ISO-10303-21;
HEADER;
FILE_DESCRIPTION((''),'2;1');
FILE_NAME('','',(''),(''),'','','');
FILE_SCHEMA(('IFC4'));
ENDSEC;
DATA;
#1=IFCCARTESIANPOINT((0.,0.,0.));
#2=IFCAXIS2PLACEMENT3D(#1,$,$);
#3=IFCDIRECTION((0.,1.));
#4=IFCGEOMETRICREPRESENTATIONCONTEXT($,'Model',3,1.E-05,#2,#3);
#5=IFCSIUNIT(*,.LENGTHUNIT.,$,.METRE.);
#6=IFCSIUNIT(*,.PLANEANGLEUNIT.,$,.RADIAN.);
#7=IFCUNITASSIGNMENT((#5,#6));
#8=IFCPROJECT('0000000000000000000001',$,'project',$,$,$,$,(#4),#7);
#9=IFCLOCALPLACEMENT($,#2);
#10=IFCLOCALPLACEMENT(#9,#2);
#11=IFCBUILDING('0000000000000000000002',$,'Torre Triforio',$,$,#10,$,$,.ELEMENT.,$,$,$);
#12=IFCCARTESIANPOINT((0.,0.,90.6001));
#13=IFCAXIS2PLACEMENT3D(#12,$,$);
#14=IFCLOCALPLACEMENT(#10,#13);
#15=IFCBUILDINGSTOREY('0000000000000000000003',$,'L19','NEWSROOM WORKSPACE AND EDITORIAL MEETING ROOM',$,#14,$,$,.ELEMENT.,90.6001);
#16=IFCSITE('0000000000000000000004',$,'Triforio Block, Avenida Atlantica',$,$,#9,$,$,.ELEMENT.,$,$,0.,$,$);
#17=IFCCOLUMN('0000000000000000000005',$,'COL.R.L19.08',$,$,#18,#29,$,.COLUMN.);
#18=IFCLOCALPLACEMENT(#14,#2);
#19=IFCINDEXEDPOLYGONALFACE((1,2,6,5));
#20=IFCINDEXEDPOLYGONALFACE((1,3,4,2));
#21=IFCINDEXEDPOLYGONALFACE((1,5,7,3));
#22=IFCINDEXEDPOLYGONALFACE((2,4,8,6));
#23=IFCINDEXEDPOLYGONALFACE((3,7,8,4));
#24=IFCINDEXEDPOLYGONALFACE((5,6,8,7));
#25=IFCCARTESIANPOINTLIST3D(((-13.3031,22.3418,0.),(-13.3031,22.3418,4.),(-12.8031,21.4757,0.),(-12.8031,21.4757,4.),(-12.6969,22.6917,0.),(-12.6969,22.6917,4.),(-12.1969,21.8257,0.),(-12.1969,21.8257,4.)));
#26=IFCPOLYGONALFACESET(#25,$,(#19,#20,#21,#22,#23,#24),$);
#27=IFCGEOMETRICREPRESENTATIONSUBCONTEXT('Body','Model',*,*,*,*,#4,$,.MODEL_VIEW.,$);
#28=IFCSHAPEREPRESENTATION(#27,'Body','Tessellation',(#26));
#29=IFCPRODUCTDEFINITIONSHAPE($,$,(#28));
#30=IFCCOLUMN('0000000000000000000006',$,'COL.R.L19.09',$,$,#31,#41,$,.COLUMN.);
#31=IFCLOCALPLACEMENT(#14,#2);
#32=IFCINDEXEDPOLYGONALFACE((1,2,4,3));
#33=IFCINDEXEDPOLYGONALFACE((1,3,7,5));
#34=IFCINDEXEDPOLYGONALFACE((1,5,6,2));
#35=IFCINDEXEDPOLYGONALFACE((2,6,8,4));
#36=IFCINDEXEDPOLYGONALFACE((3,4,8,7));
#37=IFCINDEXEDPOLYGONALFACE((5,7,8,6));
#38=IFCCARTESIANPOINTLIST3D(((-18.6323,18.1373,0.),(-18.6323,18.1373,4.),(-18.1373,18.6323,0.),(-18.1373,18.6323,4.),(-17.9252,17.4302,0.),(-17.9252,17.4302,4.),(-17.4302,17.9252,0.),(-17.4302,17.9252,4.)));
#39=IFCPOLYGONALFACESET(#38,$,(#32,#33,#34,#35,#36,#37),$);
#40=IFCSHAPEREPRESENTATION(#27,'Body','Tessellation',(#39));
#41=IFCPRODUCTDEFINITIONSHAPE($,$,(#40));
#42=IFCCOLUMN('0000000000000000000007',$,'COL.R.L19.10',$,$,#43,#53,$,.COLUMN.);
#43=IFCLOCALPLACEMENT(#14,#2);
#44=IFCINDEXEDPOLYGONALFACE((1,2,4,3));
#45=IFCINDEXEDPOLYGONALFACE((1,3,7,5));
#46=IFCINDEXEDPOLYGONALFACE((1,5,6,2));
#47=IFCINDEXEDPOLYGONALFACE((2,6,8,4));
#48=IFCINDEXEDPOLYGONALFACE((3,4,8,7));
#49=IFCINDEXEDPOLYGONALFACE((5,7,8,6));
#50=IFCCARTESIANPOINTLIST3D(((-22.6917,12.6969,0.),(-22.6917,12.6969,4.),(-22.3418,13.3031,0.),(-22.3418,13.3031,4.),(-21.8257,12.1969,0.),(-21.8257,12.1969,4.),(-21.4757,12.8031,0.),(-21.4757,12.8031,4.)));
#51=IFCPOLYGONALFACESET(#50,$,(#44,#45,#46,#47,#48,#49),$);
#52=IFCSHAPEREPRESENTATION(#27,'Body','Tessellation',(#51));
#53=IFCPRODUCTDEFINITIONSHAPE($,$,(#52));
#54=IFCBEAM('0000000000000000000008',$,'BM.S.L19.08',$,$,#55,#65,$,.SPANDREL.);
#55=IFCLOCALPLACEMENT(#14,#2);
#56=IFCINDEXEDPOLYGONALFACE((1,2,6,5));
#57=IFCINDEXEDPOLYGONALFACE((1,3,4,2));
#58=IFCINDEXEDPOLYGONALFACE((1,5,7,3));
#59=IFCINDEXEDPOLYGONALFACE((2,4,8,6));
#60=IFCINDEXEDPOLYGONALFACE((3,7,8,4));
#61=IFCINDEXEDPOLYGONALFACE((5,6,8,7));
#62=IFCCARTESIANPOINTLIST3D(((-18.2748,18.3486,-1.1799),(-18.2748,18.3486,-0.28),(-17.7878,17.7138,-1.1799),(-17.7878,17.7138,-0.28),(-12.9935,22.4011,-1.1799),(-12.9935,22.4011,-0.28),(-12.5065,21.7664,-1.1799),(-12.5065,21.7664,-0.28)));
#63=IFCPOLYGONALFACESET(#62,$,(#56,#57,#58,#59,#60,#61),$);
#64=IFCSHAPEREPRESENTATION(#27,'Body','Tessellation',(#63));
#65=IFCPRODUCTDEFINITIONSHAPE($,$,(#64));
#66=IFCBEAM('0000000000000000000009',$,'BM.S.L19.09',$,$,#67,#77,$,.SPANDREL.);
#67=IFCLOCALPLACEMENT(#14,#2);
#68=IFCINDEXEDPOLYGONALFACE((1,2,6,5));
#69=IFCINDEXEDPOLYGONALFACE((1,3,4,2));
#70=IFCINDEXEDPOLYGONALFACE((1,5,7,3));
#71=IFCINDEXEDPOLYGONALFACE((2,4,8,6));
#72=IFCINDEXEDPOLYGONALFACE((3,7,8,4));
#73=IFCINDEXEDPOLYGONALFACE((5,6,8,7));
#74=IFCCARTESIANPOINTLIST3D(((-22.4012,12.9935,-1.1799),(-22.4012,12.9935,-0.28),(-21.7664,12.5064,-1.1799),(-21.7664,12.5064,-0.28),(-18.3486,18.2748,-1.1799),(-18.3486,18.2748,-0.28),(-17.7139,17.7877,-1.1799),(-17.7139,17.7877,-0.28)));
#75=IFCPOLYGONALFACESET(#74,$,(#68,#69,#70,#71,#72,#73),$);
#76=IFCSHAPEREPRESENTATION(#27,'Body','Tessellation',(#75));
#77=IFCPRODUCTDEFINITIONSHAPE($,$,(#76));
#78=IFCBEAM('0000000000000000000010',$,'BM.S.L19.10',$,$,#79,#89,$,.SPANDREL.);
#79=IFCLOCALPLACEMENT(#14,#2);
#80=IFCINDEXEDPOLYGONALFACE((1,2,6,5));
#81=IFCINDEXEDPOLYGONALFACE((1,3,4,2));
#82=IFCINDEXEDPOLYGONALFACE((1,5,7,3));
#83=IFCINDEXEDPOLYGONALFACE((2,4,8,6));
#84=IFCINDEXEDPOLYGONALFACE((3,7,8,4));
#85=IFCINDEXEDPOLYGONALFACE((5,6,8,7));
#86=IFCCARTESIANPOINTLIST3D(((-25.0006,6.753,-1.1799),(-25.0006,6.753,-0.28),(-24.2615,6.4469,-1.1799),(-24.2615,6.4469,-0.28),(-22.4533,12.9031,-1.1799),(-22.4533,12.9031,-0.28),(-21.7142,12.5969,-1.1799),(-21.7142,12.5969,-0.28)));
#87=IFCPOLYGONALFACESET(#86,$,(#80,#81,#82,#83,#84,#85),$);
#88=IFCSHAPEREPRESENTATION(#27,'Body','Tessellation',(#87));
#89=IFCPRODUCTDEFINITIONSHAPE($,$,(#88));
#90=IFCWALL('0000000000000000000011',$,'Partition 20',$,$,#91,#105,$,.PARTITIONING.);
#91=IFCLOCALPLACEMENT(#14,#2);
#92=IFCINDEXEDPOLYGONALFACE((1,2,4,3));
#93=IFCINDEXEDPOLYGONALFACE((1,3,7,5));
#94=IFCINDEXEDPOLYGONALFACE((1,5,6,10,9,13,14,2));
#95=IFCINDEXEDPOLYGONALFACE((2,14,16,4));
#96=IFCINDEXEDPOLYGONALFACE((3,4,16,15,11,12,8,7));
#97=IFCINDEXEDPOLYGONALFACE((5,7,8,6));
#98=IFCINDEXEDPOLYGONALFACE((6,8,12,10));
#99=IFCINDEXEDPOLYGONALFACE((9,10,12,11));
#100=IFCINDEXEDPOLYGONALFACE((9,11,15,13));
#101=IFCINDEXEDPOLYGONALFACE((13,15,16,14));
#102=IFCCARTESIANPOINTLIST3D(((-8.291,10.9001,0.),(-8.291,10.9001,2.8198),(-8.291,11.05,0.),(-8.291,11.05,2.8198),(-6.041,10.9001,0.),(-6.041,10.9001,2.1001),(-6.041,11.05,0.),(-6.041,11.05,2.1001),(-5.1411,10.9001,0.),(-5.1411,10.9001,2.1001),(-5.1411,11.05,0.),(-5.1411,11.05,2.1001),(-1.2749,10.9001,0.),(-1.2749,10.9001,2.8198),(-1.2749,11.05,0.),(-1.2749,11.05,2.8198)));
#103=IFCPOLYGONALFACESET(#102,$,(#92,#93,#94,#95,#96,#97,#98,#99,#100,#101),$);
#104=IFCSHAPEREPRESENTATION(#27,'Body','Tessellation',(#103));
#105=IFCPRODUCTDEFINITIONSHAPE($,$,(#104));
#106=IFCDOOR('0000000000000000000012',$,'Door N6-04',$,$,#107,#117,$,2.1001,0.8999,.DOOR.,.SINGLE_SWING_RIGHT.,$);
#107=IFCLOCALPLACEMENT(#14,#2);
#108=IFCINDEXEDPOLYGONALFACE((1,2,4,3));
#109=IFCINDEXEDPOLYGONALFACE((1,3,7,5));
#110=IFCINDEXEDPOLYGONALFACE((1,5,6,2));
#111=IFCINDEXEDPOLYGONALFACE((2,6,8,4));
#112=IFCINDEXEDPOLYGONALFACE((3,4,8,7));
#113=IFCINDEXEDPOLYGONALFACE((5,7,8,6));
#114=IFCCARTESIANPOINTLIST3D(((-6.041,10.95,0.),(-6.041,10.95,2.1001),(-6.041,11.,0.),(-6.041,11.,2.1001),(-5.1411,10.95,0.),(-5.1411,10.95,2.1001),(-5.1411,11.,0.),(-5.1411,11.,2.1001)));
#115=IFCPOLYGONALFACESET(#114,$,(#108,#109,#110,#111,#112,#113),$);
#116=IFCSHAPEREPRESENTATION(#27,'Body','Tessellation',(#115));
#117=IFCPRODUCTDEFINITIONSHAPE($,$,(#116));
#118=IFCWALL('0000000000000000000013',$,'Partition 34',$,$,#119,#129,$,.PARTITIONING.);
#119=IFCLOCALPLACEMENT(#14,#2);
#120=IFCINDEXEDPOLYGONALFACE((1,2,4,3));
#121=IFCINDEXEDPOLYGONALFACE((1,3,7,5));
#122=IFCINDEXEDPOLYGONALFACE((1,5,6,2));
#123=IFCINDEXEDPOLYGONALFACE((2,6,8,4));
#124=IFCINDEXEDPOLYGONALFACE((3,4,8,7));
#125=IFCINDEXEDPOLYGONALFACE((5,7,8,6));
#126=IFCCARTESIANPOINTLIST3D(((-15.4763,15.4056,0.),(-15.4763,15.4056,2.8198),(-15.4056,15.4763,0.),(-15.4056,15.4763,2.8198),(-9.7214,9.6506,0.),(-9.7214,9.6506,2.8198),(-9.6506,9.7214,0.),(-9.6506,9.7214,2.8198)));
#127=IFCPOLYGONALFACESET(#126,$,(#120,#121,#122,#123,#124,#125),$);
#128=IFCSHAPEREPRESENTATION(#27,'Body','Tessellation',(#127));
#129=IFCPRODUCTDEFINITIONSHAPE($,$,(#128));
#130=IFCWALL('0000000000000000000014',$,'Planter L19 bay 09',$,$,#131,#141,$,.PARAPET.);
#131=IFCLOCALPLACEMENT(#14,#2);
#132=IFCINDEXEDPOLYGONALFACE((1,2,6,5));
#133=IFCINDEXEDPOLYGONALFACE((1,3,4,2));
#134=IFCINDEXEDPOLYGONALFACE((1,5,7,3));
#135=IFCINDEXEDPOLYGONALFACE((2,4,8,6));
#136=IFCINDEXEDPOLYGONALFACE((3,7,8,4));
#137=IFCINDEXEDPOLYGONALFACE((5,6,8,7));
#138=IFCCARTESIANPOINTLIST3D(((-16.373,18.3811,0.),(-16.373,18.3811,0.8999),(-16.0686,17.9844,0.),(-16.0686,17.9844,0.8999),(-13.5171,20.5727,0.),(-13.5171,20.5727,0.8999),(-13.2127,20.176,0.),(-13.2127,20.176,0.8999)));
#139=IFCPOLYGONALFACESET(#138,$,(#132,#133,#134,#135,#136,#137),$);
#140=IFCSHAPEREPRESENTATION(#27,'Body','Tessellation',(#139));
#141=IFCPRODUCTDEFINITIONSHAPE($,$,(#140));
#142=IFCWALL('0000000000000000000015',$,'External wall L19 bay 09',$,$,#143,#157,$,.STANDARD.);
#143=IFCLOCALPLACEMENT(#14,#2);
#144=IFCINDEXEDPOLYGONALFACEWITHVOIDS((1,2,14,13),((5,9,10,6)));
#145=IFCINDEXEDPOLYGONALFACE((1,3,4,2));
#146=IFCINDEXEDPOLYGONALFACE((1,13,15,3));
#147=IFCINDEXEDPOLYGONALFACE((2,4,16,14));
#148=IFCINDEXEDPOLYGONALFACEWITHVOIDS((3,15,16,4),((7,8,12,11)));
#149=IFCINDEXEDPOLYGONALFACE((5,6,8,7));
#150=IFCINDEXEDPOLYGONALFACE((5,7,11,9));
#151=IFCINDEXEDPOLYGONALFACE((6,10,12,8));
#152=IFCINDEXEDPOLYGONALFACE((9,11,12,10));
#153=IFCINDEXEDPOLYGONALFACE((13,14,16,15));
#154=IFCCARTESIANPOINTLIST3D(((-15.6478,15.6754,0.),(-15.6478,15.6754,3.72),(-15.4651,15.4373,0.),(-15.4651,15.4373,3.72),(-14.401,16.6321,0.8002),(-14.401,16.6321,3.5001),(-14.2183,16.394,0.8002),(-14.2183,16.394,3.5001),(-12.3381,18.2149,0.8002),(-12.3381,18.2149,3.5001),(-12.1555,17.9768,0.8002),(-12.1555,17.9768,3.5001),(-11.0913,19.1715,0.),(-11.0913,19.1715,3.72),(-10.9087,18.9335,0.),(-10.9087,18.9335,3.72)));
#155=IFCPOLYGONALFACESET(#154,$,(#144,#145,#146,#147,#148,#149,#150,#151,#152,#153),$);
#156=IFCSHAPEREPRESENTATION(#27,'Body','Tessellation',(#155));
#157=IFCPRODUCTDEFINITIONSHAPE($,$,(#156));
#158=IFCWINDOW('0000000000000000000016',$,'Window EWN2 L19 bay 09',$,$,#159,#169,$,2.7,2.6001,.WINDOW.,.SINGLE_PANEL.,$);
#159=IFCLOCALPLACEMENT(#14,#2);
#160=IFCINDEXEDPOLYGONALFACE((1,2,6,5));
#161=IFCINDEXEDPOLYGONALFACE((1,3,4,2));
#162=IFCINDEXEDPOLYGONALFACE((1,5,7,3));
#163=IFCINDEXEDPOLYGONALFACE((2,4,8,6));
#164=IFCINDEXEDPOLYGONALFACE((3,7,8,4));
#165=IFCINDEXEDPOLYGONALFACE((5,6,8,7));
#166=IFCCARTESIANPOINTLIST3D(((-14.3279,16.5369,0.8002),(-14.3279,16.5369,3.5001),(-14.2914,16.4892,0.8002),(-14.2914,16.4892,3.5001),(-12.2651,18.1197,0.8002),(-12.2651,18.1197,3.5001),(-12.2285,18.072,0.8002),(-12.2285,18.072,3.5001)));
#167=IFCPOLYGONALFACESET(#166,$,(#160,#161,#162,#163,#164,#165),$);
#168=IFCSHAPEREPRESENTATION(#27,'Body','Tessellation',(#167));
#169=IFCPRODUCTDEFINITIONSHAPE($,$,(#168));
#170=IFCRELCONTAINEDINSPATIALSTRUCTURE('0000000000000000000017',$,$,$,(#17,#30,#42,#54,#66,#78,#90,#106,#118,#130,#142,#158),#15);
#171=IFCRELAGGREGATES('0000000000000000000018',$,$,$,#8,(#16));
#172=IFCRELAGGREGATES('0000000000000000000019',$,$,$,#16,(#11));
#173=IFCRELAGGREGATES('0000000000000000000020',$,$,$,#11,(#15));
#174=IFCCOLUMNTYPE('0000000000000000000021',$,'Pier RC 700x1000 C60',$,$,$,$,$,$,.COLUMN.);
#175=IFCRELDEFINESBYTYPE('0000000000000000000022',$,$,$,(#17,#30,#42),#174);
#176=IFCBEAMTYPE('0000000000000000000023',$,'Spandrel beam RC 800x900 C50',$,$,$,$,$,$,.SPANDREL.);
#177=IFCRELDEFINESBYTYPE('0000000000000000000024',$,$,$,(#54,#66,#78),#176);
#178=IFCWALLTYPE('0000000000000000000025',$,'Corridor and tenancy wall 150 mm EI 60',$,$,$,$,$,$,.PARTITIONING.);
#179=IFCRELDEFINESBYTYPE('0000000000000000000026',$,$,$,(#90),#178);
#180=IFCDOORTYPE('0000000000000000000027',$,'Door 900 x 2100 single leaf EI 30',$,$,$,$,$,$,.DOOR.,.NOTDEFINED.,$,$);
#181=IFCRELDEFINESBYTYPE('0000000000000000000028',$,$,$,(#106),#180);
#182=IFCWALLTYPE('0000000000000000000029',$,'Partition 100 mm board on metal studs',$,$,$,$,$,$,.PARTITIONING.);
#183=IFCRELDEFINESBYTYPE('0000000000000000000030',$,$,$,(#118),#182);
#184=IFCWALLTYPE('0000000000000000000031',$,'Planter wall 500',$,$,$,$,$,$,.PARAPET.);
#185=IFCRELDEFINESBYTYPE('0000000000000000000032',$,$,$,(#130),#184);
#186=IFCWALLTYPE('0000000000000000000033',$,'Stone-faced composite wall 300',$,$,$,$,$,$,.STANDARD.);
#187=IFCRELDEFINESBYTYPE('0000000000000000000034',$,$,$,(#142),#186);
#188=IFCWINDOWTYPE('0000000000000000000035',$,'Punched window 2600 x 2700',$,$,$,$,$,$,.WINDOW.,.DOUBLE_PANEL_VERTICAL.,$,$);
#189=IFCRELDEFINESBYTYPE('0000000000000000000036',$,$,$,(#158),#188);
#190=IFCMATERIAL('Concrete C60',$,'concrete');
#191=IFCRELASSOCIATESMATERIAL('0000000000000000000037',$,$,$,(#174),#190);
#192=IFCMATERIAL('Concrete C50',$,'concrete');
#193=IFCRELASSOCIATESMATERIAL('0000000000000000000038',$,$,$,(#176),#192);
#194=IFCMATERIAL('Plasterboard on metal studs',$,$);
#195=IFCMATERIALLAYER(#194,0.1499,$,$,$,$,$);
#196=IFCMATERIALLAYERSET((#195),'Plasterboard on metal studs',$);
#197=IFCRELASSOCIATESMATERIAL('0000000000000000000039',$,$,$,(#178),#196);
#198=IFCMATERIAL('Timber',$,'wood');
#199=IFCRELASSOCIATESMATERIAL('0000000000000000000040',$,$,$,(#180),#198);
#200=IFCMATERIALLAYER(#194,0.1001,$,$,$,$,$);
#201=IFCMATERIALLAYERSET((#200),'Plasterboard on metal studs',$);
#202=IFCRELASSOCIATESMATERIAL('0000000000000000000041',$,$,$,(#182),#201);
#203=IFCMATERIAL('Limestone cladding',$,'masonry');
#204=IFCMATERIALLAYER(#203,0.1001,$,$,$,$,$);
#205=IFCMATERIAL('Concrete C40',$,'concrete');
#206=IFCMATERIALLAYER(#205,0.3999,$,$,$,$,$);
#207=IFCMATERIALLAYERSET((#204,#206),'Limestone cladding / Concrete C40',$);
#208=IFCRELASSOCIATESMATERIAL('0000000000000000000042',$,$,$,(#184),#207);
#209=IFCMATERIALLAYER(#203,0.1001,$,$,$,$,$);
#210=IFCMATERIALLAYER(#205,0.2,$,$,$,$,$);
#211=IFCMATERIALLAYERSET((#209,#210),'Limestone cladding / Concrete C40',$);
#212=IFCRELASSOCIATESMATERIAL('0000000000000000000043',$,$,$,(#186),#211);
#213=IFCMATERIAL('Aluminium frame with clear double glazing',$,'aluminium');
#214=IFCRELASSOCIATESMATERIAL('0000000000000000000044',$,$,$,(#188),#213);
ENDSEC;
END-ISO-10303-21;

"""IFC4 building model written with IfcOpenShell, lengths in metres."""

from ifc_helpers import new_model, si_unit, direction, frame, frame_2d, origin, origin_2d, place, context, subcontext, project, spatial, rectangle, extrude, material, layer, layer_set, material_profile, profile_set, type_object, element, fill, save


model = new_model("IFC4")

# Units and contexts
model_context = context("Model", 3, precision=1e-05, world=origin(), true_north=direction((0.0, 1.0)))
body_context = subcontext(model_context, "Body", "Model", "MODEL_VIEW")
ifc_project = project(units=[si_unit("LENGTHUNIT", "METRE"), si_unit("PLANEANGLEUNIT", "RADIAN")], contexts=[model_context])

# Site, building, storey
site_placement = place(None, origin())
site = spatial("IfcSite", under=ifc_project, at=site_placement, Name="Triforio Block, Avenida Atlantica", CompositionType="ELEMENT", RefElevation=0.0)
building_placement = place(site_placement, origin())
building = spatial("IfcBuilding", under=site, at=building_placement, Name="Torre Triforio", CompositionType="ELEMENT")
storey_placement = place(building_placement, frame((0.0, 0.0, 90.6001)))
storey = spatial("IfcBuildingStorey", under=building, at=storey_placement, Name="L19", Description="NEWSROOM WORKSPACE AND EDITORIAL MEETING ROOM", CompositionType="ELEMENT", Elevation=90.6001)

# Columns
ifc_material_1 = material(Name="Concrete C60", Category="concrete")
ifc_material_profile_1 = material_profile(ifc_material_1, rectangle(XDim=0.7, YDim=1.0, at=origin_2d()), Name="RC 700x1000")
ifc_profile_set_1 = profile_set([ifc_material_profile_1], Name="Concrete C60")
column_type = type_object("IfcColumnType", Name="Pier RC 700x1000 C60", PredefinedType="COLUMN", material=ifc_profile_set_1)
for number, where, z_axis, x_axis, name in (
    (1, (-12.75, 22.0837, 0.0), (0.0, 0.0, 1.0), (-0.866025, -0.5, 0.0), "COL.R.L19.08"),
    (2, (-18.0312, 18.0312, 0.0), (0.0, 0.0, 1.0), (-0.707107, -0.707107, 0.0), "COL.R.L19.09"),
    (3, (-22.0837, 12.75, 0.0), (0.0, 0.0, 1.0), (-0.5, -0.866025, 0.0), "COL.R.L19.10"),
):
    element("IfcColumn", number, at=place(storey_placement, frame(where, z_axis=z_axis, x_axis=x_axis)), inside=storey, type_object=column_type, Name=name, PredefinedType="COLUMN", context=body_context, shape_type="SweptSolid", body=[
        extrude(rectangle(XDim=0.7, YDim=1.0, at=origin_2d()), origin(), (0.0, 0.0, 1.0), 4.0),
    ])

# Beams
ifc_material_2 = material(Name="Concrete C50", Category="concrete")
ifc_material_profile_2 = material_profile(ifc_material_2, rectangle(XDim=0.8, YDim=0.8999, at=origin_2d()), Name="RC 800x900")
ifc_profile_set_2 = profile_set([ifc_material_profile_2], Name="Concrete C50")
beam_type = type_object("IfcBeamType", Name="Spandrel beam RC 800x900 C50", PredefinedType="SPANDREL", material=ifc_profile_set_2)
for number, where, z_axis, x_axis, name in (
    (4, (-12.75, 22.0837, -0.73), (-0.79335, -0.608766, 0.0), (0.608766, -0.79335, 0.0), "BM.S.L19.08"),
    (5, (-18.0312, 18.0312, -0.73), (-0.608766, -0.79335, 0.0), (0.79335, -0.608766, 0.0), "BM.S.L19.09"),
):
    element("IfcBeam", number, at=place(storey_placement, frame(where, z_axis=z_axis, x_axis=x_axis)), inside=storey, type_object=beam_type, Name=name, PredefinedType="SPANDREL", context=body_context, shape_type="SweptSolid", body=[
        extrude(rectangle(XDim=0.8, YDim=0.8999, at=origin_2d()), origin(), (0.0, 0.0, 1.0), 6.657),
    ])
beam_placement = place(storey_placement, frame((-22.0837, 12.75, -0.73), z_axis=(-0.382669, -0.923885, 0.0), x_axis=(0.923885, -0.382669, 0.0)))
element("IfcBeam", 6, at=beam_placement, inside=storey, type_object=beam_type, Name="BM.S.L19.10", PredefinedType="SPANDREL", context=body_context, shape_type="SweptSolid", body=[
    extrude(rectangle(XDim=0.8, YDim=0.8999, at=origin_2d()), origin(), (0.0, 0.0, 1.0), 6.6567),
])

# Wall, opening, door
ifc_material_3 = material(Name="Plasterboard on metal studs")
ifc_layer_1 = layer(ifc_material_3, 0.1499)
ifc_layer_set_1 = layer_set([ifc_layer_1], Name="Plasterboard on metal studs")
wall_type_1 = type_object("IfcWallType", Name="Corridor and tenancy wall 150 mm EI 60", PredefinedType="PARTITIONING", material=ifc_layer_set_1)
wall_1_placement = place(storey_placement, frame((-8.291, 10.9751, 0.0), z_axis=(0.0, 0.0, 1.0), x_axis=(1.0, 0.0, 0.0)))
wall_1 = element("IfcWall", 7, at=wall_1_placement, inside=storey, type_object=wall_type_1, Name="Partition 20", PredefinedType="PARTITIONING", context=body_context, shape_type="SweptSolid", body=[
    extrude(rectangle(XDim=7.0161, YDim=0.1499, at=frame_2d((3.5081, 0.0))), origin(), (0.0, 0.0, 1.0), 2.8198),
])
opening_1_placement = place(wall_1_placement, frame((2.25, 0.0, 0.0)))
opening_1 = element("IfcOpeningElement", 8, at=opening_1_placement, cuts=wall_1, PredefinedType="OPENING", context=body_context, shape_type="SweptSolid", body=[
    extrude(rectangle(XDim=0.8999, YDim=2.1001, at=frame_2d((0.45, 1.05))), frame((0.0, 0.085, 0.0), z_axis=(0.0, -1.0, 0.0), x_axis=(1.0, 0.0, 0.0)), (0.0, 0.0, 1.0), 0.1699),
])
ifc_material_4 = material(Name="Timber", Category="wood")
door_type_1 = type_object("IfcDoorType", Name="Door 900 x 2100 single leaf EI 30", OperationType="NOTDEFINED", PredefinedType="DOOR", material=ifc_material_4)
door_1_placement = place(opening_1_placement, origin())
door_1 = element("IfcDoor", 9, at=door_1_placement, inside=storey, type_object=door_type_1, Name="Door N6-04", OperationType="SINGLE_SWING_RIGHT", OverallHeight=2.1001, OverallWidth=0.8999, PredefinedType="DOOR", context=body_context, shape_type="SweptSolid", body=[
    extrude(rectangle(XDim=0.8999, YDim=2.1001, at=frame_2d((0.45, 1.05))), frame((0.0, 0.0249, 0.0), z_axis=(0.0, -1.0, 0.0), x_axis=(1.0, 0.0, 0.0)), (0.0, 0.0, 1.0), 0.05),
])
fill(opening_1, door_1)

# Walls
ifc_layer_2 = layer(ifc_material_3, 0.1001)
ifc_layer_set_2 = layer_set([ifc_layer_2], Name="Plasterboard on metal studs")
wall_type_2 = type_object("IfcWallType", Name="Partition 100 mm board on metal studs", PredefinedType="PARTITIONING", material=ifc_layer_set_2)
wall_2_placement = place(storey_placement, frame((-9.686, 9.686, 0.0), z_axis=(0.0, 0.0, 1.0), x_axis=(-0.707107, 0.707107, 0.0)))
element("IfcWall", 10, at=wall_2_placement, inside=storey, type_object=wall_type_2, Name="Partition 34", PredefinedType="PARTITIONING", context=body_context, shape_type="SweptSolid", body=[
    extrude(rectangle(XDim=8.1387, YDim=0.1001, at=frame_2d((4.0693, 0.0))), origin(), (0.0, 0.0, 1.0), 2.8198),
])
ifc_material_5 = material(Name="Limestone cladding", Category="masonry")
ifc_layer_3 = layer(ifc_material_5, 0.1001)
ifc_material_6 = material(Name="Concrete C40", Category="concrete")
ifc_layer_4 = layer(ifc_material_6, 0.3999)
ifc_layer_set_3 = layer_set([ifc_layer_3, ifc_layer_4], Name="Limestone cladding / Concrete C40")
wall_type_3 = type_object("IfcWallType", Name="Planter wall 500", PredefinedType="PARAPET", material=ifc_layer_set_3)
wall_3_placement = place(storey_placement, frame((-13.365, 20.3743, 0.0), z_axis=(0.0, 0.0, 1.0), x_axis=(-0.793327, -0.608796, 0.0)))
element("IfcWall", 11, at=wall_3_placement, inside=storey, type_object=wall_type_3, Name="Planter L19 bay 09", PredefinedType="PARAPET", context=body_context, shape_type="SweptSolid", body=[
    extrude(rectangle(XDim=3.5999, YDim=0.5, at=frame_2d((1.7998, 0.0))), origin(), (0.0, 0.0, 1.0), 0.8999),
])

# Wall, opening, window
ifc_layer_5 = layer(ifc_material_5, 0.1001)
ifc_layer_6 = layer(ifc_material_6, 0.2)
ifc_layer_set_4 = layer_set([ifc_layer_5, ifc_layer_6], Name="Limestone cladding / Concrete C40")
wall_type_4 = type_object("IfcWallType", Name="Stone-faced composite wall 300", PredefinedType="STANDARD", material=ifc_layer_set_4)
wall_4_placement = place(storey_placement, frame((-11.0, 19.0525, 0.0), z_axis=(0.0, 0.0, 1.0), x_axis=(-0.793366, -0.608745, 0.0)))
wall_4 = element("IfcWall", 12, at=wall_4_placement, inside=storey, type_object=wall_type_4, Name="External wall L19 bay 09", PredefinedType="STANDARD", context=body_context, shape_type="SweptSolid", body=[
    extrude(rectangle(XDim=5.7432, YDim=0.3, at=frame_2d((2.8716, 0.0))), origin(), (0.0, 0.0, 1.0), 3.72),
])
opening_2_placement = place(wall_4_placement, frame((1.5715, 0.0, 0.8)))
opening_2 = element("IfcOpeningElement", 13, at=opening_2_placement, cuts=wall_4, PredefinedType="OPENING", context=body_context, shape_type="SweptSolid", body=[
    extrude(rectangle(XDim=2.6001, YDim=2.7, at=frame_2d((1.3, 1.3501))), frame((0.0, 0.1599, 0.0), z_axis=(0.0, -1.0, 0.0), x_axis=(1.0, 0.0, 0.0)), (0.0, 0.0, 1.0), 0.3201),
])
ifc_material_7 = material(Name="Aluminium frame with clear double glazing", Category="aluminium")
window_type_1 = type_object("IfcWindowType", Name="Punched window 2600 x 2700", PartitioningType="DOUBLE_PANEL_VERTICAL", PredefinedType="WINDOW", material=ifc_material_7)
window_1_placement = place(opening_2_placement, origin())
window_1 = element("IfcWindow", 14, at=window_1_placement, inside=storey, type_object=window_type_1, Name="Window EWN2 L19 bay 09", OverallHeight=2.7, OverallWidth=2.6001, PartitioningType="SINGLE_PANEL", PredefinedType="WINDOW", context=body_context, shape_type="SweptSolid", body=[
    extrude(rectangle(XDim=2.6001, YDim=2.7, at=frame_2d((1.3, 1.3501))), frame((0.0, 0.03, 0.0), z_axis=(0.0, -1.0, 0.0), x_axis=(1.0, 0.0, 0.0)), (0.0, 0.0, 1.0), 0.0601),
])
fill(opening_2, window_1)

save(model, "model.ifc")
